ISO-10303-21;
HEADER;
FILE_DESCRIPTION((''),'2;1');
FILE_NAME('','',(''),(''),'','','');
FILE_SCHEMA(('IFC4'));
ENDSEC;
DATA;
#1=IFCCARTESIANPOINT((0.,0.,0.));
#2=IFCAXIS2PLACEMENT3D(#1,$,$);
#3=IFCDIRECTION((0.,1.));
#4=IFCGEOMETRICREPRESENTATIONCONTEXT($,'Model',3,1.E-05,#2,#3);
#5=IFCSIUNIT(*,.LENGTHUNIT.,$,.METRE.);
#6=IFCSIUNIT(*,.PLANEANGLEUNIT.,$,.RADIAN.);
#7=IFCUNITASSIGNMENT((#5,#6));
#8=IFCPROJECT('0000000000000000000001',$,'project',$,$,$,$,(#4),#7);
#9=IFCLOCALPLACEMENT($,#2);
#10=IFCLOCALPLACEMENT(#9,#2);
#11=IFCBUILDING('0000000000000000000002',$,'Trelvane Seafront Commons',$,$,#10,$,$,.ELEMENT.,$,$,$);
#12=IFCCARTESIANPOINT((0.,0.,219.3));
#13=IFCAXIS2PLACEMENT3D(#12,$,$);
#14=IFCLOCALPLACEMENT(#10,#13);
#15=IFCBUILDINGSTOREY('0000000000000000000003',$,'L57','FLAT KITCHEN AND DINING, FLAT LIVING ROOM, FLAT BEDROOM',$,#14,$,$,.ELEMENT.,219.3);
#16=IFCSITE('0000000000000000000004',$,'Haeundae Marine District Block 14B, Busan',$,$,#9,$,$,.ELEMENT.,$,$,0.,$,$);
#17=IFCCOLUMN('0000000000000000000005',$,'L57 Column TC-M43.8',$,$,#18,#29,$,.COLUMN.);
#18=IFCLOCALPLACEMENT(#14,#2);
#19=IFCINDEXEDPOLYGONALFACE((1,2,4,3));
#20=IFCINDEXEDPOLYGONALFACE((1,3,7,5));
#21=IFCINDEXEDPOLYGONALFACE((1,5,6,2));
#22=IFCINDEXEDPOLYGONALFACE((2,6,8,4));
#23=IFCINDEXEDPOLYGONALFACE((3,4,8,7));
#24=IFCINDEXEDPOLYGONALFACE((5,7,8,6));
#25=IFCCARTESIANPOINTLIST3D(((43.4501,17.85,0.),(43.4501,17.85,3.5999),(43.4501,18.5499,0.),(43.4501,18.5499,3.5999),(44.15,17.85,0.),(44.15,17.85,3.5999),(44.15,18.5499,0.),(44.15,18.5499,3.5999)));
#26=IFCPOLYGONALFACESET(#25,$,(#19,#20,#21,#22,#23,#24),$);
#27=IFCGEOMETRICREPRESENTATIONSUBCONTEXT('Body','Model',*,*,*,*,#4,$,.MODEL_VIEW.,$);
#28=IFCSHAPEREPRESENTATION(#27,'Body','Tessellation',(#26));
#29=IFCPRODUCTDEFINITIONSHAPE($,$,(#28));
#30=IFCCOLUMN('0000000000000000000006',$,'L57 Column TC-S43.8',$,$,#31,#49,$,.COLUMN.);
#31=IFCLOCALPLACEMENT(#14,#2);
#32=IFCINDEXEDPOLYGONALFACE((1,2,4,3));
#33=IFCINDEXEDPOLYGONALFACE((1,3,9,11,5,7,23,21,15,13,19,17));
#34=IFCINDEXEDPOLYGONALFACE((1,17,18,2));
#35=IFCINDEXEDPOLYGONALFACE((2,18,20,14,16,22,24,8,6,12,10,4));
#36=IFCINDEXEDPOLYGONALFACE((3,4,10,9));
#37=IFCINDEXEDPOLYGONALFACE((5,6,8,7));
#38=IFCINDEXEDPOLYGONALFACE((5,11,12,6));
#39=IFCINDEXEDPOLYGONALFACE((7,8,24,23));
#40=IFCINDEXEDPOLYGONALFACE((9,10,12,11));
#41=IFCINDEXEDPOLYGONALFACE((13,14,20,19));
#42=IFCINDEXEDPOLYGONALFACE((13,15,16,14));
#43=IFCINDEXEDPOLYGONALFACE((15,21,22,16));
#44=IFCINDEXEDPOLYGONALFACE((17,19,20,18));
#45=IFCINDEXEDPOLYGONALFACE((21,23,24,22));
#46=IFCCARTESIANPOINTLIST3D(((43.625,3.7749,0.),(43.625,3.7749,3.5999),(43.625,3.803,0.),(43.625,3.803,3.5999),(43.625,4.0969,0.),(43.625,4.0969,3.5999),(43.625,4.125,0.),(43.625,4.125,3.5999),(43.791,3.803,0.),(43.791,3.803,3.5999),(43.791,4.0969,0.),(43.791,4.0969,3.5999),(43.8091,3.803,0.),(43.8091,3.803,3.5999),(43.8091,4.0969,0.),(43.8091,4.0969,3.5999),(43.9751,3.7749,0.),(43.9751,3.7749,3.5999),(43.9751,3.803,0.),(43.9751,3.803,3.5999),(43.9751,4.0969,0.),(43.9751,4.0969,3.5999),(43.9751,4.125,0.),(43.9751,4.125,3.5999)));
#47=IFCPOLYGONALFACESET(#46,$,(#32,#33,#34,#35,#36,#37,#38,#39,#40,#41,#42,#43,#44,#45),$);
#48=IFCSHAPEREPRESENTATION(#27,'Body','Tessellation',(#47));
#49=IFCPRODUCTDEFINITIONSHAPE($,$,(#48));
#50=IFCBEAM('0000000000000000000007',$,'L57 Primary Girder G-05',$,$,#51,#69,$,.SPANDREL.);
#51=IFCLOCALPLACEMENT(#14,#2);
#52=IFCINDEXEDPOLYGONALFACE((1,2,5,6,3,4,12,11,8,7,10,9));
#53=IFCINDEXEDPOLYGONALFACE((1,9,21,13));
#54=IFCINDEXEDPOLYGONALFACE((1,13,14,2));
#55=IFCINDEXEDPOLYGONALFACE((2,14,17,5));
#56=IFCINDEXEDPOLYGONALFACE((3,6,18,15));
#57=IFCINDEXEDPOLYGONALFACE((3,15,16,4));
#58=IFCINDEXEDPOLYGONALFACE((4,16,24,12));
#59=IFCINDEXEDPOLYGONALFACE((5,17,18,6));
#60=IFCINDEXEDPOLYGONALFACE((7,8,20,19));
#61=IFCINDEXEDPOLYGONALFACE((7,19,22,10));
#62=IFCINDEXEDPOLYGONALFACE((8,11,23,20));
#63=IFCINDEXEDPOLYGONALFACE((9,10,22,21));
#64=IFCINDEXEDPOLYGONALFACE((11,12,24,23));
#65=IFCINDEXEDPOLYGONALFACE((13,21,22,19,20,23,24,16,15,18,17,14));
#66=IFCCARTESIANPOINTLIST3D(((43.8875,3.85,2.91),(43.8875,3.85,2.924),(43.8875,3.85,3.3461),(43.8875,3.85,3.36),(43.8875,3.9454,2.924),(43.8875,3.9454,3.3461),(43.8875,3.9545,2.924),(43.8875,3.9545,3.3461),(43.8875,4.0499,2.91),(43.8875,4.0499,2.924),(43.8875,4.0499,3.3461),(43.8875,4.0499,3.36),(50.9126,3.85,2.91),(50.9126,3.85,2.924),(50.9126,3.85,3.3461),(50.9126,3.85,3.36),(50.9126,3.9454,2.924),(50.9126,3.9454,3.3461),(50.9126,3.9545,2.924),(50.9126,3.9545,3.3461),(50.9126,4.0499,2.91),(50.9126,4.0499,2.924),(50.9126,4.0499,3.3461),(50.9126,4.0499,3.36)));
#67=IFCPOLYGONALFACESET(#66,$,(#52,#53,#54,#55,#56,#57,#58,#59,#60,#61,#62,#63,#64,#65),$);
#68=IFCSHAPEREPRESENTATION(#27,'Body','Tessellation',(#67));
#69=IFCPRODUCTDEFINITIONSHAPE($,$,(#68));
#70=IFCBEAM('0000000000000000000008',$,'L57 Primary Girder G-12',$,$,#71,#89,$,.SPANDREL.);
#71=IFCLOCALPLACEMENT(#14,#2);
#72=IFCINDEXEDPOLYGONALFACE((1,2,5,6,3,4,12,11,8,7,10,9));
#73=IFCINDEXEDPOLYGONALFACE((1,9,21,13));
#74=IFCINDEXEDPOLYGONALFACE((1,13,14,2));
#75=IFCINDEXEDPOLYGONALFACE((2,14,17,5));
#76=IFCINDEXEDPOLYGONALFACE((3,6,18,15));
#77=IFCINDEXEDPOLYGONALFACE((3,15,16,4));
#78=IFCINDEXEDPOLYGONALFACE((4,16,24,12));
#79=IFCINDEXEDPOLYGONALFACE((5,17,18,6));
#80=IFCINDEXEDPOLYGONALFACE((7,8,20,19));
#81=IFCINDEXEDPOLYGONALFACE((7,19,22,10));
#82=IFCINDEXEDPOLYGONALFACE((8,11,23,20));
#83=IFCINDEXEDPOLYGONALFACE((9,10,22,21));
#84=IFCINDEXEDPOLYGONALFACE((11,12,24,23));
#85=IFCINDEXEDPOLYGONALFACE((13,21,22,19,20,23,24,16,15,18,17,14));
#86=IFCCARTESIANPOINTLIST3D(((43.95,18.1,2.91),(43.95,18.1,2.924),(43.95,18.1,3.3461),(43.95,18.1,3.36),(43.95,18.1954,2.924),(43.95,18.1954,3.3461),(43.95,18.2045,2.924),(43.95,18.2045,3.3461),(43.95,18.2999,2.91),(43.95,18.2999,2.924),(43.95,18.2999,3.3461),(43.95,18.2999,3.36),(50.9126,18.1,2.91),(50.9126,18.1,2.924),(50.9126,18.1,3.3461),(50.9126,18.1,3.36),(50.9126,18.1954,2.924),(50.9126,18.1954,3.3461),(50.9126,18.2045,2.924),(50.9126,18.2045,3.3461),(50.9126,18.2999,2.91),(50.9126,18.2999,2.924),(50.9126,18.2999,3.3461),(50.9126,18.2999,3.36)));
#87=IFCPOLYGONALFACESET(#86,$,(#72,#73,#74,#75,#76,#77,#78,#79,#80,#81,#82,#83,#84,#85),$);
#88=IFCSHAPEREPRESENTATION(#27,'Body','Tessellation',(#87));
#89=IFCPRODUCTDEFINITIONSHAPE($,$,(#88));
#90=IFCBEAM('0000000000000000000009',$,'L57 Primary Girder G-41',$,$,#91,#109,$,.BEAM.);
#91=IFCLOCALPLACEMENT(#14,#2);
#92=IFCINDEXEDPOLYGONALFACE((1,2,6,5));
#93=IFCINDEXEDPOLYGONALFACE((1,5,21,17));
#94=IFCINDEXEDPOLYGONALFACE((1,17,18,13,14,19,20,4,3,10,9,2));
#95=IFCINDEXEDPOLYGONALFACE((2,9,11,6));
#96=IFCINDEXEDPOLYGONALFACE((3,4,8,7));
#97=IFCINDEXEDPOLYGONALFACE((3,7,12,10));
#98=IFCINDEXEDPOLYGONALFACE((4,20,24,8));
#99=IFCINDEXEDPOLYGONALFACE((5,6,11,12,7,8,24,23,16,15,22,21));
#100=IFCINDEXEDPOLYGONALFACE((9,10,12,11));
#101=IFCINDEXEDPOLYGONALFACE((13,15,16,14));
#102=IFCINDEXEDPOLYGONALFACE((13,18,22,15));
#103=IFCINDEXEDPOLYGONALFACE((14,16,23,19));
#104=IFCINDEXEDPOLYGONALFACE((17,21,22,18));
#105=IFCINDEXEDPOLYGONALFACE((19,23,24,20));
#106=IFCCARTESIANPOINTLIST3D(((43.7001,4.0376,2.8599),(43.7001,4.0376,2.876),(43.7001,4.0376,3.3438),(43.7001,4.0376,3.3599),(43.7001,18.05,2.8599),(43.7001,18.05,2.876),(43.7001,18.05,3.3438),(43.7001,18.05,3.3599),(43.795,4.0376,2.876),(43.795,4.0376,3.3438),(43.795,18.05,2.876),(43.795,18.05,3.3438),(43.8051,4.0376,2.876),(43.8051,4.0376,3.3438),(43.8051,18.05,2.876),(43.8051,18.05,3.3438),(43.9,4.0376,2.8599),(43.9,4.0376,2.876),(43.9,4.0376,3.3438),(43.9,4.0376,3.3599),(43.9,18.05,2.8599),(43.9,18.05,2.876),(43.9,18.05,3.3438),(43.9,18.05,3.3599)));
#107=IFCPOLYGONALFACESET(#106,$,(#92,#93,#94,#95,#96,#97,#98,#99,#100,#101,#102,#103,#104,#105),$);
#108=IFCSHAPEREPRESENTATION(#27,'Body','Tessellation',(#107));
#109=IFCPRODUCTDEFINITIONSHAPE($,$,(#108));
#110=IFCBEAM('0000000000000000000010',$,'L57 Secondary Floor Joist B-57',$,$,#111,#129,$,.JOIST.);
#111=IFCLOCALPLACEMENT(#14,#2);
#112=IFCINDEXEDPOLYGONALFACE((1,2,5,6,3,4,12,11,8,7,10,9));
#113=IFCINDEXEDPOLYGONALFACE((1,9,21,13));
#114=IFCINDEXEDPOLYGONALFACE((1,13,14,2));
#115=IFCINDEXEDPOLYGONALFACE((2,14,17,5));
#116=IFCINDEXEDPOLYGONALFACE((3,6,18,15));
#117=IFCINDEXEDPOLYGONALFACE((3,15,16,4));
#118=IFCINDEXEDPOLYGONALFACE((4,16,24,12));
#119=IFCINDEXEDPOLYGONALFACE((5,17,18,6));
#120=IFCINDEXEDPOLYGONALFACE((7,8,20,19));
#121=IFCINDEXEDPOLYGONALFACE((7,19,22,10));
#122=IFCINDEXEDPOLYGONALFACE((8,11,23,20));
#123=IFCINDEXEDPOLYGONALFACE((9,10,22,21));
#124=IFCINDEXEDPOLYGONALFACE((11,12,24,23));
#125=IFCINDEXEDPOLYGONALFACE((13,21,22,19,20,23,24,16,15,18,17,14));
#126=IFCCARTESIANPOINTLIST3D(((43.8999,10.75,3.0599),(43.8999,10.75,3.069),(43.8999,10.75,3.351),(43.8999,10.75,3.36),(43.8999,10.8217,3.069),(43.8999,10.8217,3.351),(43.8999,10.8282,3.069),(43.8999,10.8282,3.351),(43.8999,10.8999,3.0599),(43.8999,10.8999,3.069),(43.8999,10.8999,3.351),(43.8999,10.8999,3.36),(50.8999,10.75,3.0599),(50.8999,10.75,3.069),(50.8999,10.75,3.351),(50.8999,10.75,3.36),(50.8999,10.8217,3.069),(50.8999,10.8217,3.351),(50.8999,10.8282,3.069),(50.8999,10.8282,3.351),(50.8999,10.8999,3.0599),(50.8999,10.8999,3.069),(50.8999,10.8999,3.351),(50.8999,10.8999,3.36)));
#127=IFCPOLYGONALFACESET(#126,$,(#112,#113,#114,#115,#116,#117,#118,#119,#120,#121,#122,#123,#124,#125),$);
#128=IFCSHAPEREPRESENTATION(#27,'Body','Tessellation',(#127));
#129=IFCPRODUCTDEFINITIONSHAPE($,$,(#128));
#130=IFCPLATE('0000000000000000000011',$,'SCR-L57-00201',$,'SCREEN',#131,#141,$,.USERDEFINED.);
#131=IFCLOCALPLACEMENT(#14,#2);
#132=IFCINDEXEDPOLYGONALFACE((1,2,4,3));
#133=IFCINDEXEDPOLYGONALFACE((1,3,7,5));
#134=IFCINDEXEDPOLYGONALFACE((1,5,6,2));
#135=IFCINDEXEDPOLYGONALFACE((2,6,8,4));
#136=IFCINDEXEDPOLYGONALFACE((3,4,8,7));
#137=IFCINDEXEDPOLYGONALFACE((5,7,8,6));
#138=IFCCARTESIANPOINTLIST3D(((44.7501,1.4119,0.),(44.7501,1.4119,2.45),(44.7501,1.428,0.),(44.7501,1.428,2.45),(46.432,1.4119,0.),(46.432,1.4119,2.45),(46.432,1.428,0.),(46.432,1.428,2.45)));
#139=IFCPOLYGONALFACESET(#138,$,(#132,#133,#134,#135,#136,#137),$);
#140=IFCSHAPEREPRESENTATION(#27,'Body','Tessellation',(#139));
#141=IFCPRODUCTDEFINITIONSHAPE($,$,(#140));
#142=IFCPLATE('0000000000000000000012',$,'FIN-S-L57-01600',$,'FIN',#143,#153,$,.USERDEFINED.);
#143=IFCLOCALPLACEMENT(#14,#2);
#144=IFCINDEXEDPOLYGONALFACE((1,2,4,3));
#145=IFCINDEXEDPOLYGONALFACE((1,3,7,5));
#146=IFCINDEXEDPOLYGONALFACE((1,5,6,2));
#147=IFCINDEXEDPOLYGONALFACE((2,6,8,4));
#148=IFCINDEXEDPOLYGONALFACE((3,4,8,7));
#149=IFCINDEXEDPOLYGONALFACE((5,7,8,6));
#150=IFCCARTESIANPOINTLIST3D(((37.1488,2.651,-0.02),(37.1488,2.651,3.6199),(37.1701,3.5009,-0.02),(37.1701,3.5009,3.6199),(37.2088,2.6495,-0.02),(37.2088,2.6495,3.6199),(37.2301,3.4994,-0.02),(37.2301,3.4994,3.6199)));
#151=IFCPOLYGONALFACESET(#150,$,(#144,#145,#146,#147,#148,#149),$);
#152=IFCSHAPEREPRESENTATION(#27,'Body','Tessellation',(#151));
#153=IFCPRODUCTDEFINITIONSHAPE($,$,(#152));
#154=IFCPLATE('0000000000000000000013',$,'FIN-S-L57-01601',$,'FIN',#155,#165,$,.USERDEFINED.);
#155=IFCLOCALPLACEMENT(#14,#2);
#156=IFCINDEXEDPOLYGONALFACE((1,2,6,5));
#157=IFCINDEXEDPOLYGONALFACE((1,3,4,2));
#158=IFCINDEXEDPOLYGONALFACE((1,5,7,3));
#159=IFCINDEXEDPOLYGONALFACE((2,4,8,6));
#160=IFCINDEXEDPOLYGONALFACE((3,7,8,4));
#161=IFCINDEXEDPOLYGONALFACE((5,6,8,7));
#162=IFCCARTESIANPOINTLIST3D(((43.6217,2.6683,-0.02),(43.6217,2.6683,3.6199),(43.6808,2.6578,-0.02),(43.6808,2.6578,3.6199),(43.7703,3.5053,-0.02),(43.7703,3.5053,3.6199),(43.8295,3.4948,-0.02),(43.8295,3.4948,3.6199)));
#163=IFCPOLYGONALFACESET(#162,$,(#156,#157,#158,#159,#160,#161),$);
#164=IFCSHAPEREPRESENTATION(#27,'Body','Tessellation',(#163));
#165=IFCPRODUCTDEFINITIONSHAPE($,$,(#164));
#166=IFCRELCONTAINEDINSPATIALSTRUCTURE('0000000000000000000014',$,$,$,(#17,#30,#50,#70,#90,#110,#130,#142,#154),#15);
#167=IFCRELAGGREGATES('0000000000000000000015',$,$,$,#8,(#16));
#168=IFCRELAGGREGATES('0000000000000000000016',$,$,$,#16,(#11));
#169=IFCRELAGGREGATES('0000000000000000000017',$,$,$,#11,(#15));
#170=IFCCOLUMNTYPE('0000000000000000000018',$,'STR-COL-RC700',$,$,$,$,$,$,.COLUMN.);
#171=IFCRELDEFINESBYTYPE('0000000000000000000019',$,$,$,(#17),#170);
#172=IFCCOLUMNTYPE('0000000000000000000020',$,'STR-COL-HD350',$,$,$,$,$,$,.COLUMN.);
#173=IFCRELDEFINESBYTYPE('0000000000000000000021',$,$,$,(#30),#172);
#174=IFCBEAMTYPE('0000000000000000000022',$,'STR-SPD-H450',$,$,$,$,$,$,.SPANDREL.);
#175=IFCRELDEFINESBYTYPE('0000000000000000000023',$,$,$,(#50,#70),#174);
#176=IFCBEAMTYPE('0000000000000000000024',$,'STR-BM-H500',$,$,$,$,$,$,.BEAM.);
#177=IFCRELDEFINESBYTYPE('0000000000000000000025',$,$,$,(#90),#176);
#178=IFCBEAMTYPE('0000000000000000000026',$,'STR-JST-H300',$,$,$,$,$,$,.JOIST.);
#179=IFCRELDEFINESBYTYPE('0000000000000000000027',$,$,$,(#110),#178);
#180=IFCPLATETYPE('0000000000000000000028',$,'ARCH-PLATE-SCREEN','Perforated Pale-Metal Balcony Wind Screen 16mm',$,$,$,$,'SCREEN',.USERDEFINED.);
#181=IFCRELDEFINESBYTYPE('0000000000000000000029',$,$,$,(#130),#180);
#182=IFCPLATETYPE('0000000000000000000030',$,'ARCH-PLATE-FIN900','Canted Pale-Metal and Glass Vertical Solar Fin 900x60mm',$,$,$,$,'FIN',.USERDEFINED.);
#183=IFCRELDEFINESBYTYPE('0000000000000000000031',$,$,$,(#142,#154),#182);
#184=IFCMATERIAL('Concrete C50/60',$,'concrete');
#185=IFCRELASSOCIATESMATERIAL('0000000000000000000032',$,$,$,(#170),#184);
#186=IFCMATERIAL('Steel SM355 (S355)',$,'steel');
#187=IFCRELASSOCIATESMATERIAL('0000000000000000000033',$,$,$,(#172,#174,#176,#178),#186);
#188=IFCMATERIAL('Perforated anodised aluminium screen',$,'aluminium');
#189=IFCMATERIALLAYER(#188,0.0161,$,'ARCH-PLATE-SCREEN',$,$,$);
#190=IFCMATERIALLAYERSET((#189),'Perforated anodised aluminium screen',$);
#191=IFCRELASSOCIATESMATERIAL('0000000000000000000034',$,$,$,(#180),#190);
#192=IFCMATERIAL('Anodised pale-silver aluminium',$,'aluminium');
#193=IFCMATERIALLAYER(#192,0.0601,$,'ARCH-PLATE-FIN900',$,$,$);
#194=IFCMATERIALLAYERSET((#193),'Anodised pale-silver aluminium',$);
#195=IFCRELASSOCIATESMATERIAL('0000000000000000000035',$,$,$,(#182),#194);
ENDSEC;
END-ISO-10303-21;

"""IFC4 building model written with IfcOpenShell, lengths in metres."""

from ifc_helpers import new_model, si_unit, direction, frame, origin, origin_2d, place, context, subcontext, project, spatial, rectangle, i_section, extrude, source, transform, mapped, material, layer, layer_set, material_profile, profile_set, type_object, element, save


model = new_model("IFC4")

# Units and contexts
model_context = context("Model", 3, precision=1e-05, world=origin(), true_north=direction((0.0, 1.0)))
body_context = subcontext(model_context, "Body", "Model", "MODEL_VIEW")
ifc_project = project(units=[si_unit("LENGTHUNIT", "METRE"), si_unit("PLANEANGLEUNIT", "RADIAN")], contexts=[model_context])

# Site, building, storey
site_placement = place(None, origin())
site = spatial("IfcSite", under=ifc_project, at=site_placement, Name="Haeundae Marine District Block 14B, Busan", CompositionType="ELEMENT", RefElevation=0.0)
building_placement = place(site_placement, origin())
building = spatial("IfcBuilding", under=site, at=building_placement, Name="Trelvane Seafront Commons", CompositionType="ELEMENT")
storey_placement = place(building_placement, frame((0.0, 0.0, 219.3)))
storey = spatial("IfcBuildingStorey", under=building, at=storey_placement, Name="L57", Description="FLAT KITCHEN AND DINING, FLAT LIVING ROOM, FLAT BEDROOM", CompositionType="ELEMENT", Elevation=219.3)

# Columns
ifc_material_1 = material(Name="Concrete C50/60", Category="concrete")
ifc_material_profile_1 = material_profile(ifc_material_1, rectangle(XDim=0.7, YDim=0.7, at=origin_2d()), Name="RC-700x700")
ifc_profile_set_1 = profile_set([ifc_material_profile_1], Name="Concrete C50/60")
column_type_1 = type_object("IfcColumnType", Name="STR-COL-RC700", PredefinedType="COLUMN", material=ifc_profile_set_1)
shared_shape_1 = source(origin(), body_context, "Body", "SweptSolid", [
    extrude(rectangle(XDim=0.7, YDim=0.7, at=origin_2d()), origin(), (0.0, 0.0, 1.0), 3.5999),
])
column_1_placement = place(storey_placement, frame((43.8, 18.2, 0.0), z_axis=(0.0, 0.0, 1.0), x_axis=(1.0, 0.0, 0.0)))
element("IfcColumn", 1, at=column_1_placement, inside=storey, type_object=column_type_1, Name="L57 Column TC-M43.8", PredefinedType="COLUMN", context=body_context, shape_type="MappedRepresentation", body=[
    mapped(shared_shape_1, transform((0.0, 0.0, 0.0), x_axis=(1.0, 0.0, 0.0), y_axis=(0.0, 1.0, 0.0), z_axis=(0.0, 0.0, 1.0), scale=1.0)),
])
ifc_material_2 = material(Name="Steel SM355 (S355)", Category="steel")
ifc_material_profile_2 = material_profile(ifc_material_2, i_section(OverallWidth=0.3501, OverallDepth=0.3501, WebThickness=0.0181, FlangeThickness=0.0281, at=origin_2d()), Name="HD-350x350x18x28")
ifc_profile_set_2 = profile_set([ifc_material_profile_2], Name="Steel SM355 (S355)")
column_type_2 = type_object("IfcColumnType", Name="STR-COL-HD350", PredefinedType="COLUMN", material=ifc_profile_set_2)
shared_shape_2 = source(origin(), body_context, "Body", "SweptSolid", [
    extrude(i_section(OverallWidth=0.3501, OverallDepth=0.3501, WebThickness=0.0181, FlangeThickness=0.0281, at=origin_2d()), origin(), (0.0, 0.0, 1.0), 3.5999),
])
column_2_placement = place(storey_placement, frame((43.8, 3.95, 0.0), z_axis=(0.0, 0.0, 1.0), x_axis=(1.0, 0.0, 0.0)))
element("IfcColumn", 2, at=column_2_placement, inside=storey, type_object=column_type_2, Name="L57 Column TC-S43.8", PredefinedType="COLUMN", context=body_context, shape_type="MappedRepresentation", body=[
    mapped(shared_shape_2, transform((0.0, 0.0, 0.0), x_axis=(1.0, 0.0, 0.0), y_axis=(0.0, 1.0, 0.0), z_axis=(0.0, 0.0, 1.0), scale=1.0)),
])

# Beams
ifc_material_profile_3 = material_profile(ifc_material_2, i_section(OverallWidth=0.2, OverallDepth=0.45, WebThickness=0.009, FlangeThickness=0.0139, at=origin_2d()), Name="H-450x200x9x14")
ifc_profile_set_3 = profile_set([ifc_material_profile_3], Name="Steel SM355 (S355)")
beam_type_1 = type_object("IfcBeamType", Name="STR-SPD-H450", PredefinedType="SPANDREL", material=ifc_profile_set_3)
shared_shape_3 = source(origin(), body_context, "Body", "SweptSolid", [
    extrude(i_section(OverallWidth=0.2, OverallDepth=0.45, WebThickness=0.009, FlangeThickness=0.0139, at=origin_2d()), origin(), (0.0, 0.0, 1.0), 7.0251),
])
beam_1_placement = place(storey_placement, frame((43.8875, 3.95, 3.135), z_axis=(1.0, 0.0, 0.0), x_axis=(0.0, 1.0, 0.0)))
element("IfcBeam", 3, at=beam_1_placement, inside=storey, type_object=beam_type_1, Name="L57 Primary Girder G-05", PredefinedType="SPANDREL", context=body_context, shape_type="MappedRepresentation", body=[
    mapped(shared_shape_3, transform((0.0, 0.0, 0.0), x_axis=(1.0, 0.0, 0.0), y_axis=(0.0, 1.0, 0.0), z_axis=(0.0, 0.0, 1.0), scale=1.0)),
])
shared_shape_4 = source(origin(), body_context, "Body", "SweptSolid", [
    extrude(i_section(OverallWidth=0.2, OverallDepth=0.45, WebThickness=0.009, FlangeThickness=0.0139, at=origin_2d()), origin(), (0.0, 0.0, 1.0), 6.9626),
])
beam_2_placement = place(storey_placement, frame((43.95, 18.2, 3.135), z_axis=(1.0, 0.0, 0.0), x_axis=(0.0, 1.0, 0.0)))
element("IfcBeam", 4, at=beam_2_placement, inside=storey, type_object=beam_type_1, Name="L57 Primary Girder G-12", PredefinedType="SPANDREL", context=body_context, shape_type="MappedRepresentation", body=[
    mapped(shared_shape_4, transform((0.0, 0.0, 0.0), x_axis=(1.0, 0.0, 0.0), y_axis=(0.0, 1.0, 0.0), z_axis=(0.0, 0.0, 1.0), scale=1.0)),
])
ifc_material_profile_4 = material_profile(ifc_material_2, i_section(OverallWidth=0.2, OverallDepth=0.5, WebThickness=0.01, FlangeThickness=0.0161, at=origin_2d()), Name="H-500x200x10x16")
ifc_profile_set_4 = profile_set([ifc_material_profile_4], Name="Steel SM355 (S355)")
beam_type_2 = type_object("IfcBeamType", Name="STR-BM-H500", PredefinedType="BEAM", material=ifc_profile_set_4)
shared_shape_5 = source(origin(), body_context, "Body", "SweptSolid", [
    extrude(i_section(OverallWidth=0.2, OverallDepth=0.5, WebThickness=0.01, FlangeThickness=0.0161, at=origin_2d()), origin(), (0.0, 0.0, 1.0), 14.0125),
])
beam_3_placement = place(storey_placement, frame((43.8, 4.0376, 3.1099), z_axis=(0.0, 1.0, 0.0), x_axis=(-1.0, 0.0, 0.0)))
element("IfcBeam", 5, at=beam_3_placement, inside=storey, type_object=beam_type_2, Name="L57 Primary Girder G-41", PredefinedType="BEAM", context=body_context, shape_type="MappedRepresentation", body=[
    mapped(shared_shape_5, transform((0.0, 0.0, 0.0), x_axis=(1.0, 0.0, 0.0), y_axis=(0.0, 1.0, 0.0), z_axis=(0.0, 0.0, 1.0), scale=1.0)),
])
ifc_material_profile_5 = material_profile(ifc_material_2, i_section(OverallWidth=0.1499, OverallDepth=0.3, WebThickness=0.0066, FlangeThickness=0.009, at=origin_2d()), Name="H-300x150x6.5x9")
ifc_profile_set_5 = profile_set([ifc_material_profile_5], Name="Steel SM355 (S355)")
beam_type_3 = type_object("IfcBeamType", Name="STR-JST-H300", PredefinedType="JOIST", material=ifc_profile_set_5)
shared_shape_6 = source(origin(), body_context, "Body", "SweptSolid", [
    extrude(i_section(OverallWidth=0.1499, OverallDepth=0.3, WebThickness=0.0066, FlangeThickness=0.009, at=origin_2d()), origin(), (0.0, 0.0, 1.0), 7.0),
])
beam_4_placement = place(storey_placement, frame((43.8999, 10.825, 3.21), z_axis=(1.0, 0.0, 0.0), x_axis=(0.0, 1.0, 0.0)))
element("IfcBeam", 6, at=beam_4_placement, inside=storey, type_object=beam_type_3, Name="L57 Secondary Floor Joist B-57", PredefinedType="JOIST", context=body_context, shape_type="MappedRepresentation", body=[
    mapped(shared_shape_6, transform((0.0, 0.0, 0.0), x_axis=(1.0, 0.0, 0.0), y_axis=(0.0, 1.0, 0.0), z_axis=(0.0, 0.0, 1.0), scale=1.0)),
])

# Plates
ifc_material_3 = material(Name="Perforated anodised aluminium screen", Category="aluminium")
ifc_layer_1 = layer(ifc_material_3, 0.0161, Name="ARCH-PLATE-SCREEN")
ifc_layer_set_1 = layer_set([ifc_layer_1], Name="Perforated anodised aluminium screen")
plate_type_1 = type_object("IfcPlateType", Name="ARCH-PLATE-SCREEN", Description="Perforated Pale-Metal Balcony Wind Screen 16mm", ElementType="SCREEN", PredefinedType="USERDEFINED", material=ifc_layer_set_1)
shared_shape_7 = source(origin(), body_context, "Body", "SweptSolid", [
    extrude(rectangle(XDim=1.6819, YDim=0.0161, at=origin_2d()), origin(), (0.0, 0.0, 1.0), 2.45),
])
plate_placement = place(storey_placement, frame((45.5911, 1.4199, 0.0), z_axis=(0.0, 0.0, 1.0), x_axis=(1.0, 0.0, 0.0)))
element("IfcPlate", 7, at=plate_placement, inside=storey, type_object=plate_type_1, Name="SCR-L57-00201", ObjectType="SCREEN", PredefinedType="USERDEFINED", context=body_context, shape_type="MappedRepresentation", body=[
    mapped(shared_shape_7, transform((0.0, 0.0, 0.0), x_axis=(1.0, 0.0, 0.0), y_axis=(0.0, 1.0, 0.0), z_axis=(0.0, 0.0, 1.0), scale=1.0)),
])
ifc_material_4 = material(Name="Anodised pale-silver aluminium", Category="aluminium")
ifc_layer_2 = layer(ifc_material_4, 0.0601, Name="ARCH-PLATE-FIN900")
ifc_layer_set_2 = layer_set([ifc_layer_2], Name="Anodised pale-silver aluminium")
plate_type_2 = type_object("IfcPlateType", Name="ARCH-PLATE-FIN900", Description="Canted Pale-Metal and Glass Vertical Solar Fin 900x60mm", ElementType="FIN", PredefinedType="USERDEFINED", material=ifc_layer_set_2)
shared_shape_8 = source(origin(), body_context, "Body", "SweptSolid", [
    extrude(rectangle(XDim=0.8501, YDim=0.0601, at=origin_2d()), origin(), (0.0, 0.0, 1.0), 3.6399),
])
for number, where, z_axis, x_axis, name in (
    (8, (37.1895, 3.0752, -0.02), (0.0, 0.0, 1.0), (-0.02506, -0.999686, 0.0), "FIN-S-L57-01600"),
    (9, (43.7256, 3.0815, -0.02), (0.0, 0.0, 1.0), (-0.174825, -0.984599, 0.0), "FIN-S-L57-01601"),
):
    element("IfcPlate", number, at=place(storey_placement, frame(where, z_axis=z_axis, x_axis=x_axis)), inside=storey, type_object=plate_type_2, Name=name, ObjectType="FIN", PredefinedType="USERDEFINED", context=body_context, shape_type="MappedRepresentation", body=[
        mapped(shared_shape_8, transform((0.0, 0.0, 0.0), x_axis=(1.0, 0.0, 0.0), y_axis=(0.0, 1.0, 0.0), z_axis=(0.0, 0.0, 1.0), scale=1.0)),
    ])

save(model, "model.ifc")
